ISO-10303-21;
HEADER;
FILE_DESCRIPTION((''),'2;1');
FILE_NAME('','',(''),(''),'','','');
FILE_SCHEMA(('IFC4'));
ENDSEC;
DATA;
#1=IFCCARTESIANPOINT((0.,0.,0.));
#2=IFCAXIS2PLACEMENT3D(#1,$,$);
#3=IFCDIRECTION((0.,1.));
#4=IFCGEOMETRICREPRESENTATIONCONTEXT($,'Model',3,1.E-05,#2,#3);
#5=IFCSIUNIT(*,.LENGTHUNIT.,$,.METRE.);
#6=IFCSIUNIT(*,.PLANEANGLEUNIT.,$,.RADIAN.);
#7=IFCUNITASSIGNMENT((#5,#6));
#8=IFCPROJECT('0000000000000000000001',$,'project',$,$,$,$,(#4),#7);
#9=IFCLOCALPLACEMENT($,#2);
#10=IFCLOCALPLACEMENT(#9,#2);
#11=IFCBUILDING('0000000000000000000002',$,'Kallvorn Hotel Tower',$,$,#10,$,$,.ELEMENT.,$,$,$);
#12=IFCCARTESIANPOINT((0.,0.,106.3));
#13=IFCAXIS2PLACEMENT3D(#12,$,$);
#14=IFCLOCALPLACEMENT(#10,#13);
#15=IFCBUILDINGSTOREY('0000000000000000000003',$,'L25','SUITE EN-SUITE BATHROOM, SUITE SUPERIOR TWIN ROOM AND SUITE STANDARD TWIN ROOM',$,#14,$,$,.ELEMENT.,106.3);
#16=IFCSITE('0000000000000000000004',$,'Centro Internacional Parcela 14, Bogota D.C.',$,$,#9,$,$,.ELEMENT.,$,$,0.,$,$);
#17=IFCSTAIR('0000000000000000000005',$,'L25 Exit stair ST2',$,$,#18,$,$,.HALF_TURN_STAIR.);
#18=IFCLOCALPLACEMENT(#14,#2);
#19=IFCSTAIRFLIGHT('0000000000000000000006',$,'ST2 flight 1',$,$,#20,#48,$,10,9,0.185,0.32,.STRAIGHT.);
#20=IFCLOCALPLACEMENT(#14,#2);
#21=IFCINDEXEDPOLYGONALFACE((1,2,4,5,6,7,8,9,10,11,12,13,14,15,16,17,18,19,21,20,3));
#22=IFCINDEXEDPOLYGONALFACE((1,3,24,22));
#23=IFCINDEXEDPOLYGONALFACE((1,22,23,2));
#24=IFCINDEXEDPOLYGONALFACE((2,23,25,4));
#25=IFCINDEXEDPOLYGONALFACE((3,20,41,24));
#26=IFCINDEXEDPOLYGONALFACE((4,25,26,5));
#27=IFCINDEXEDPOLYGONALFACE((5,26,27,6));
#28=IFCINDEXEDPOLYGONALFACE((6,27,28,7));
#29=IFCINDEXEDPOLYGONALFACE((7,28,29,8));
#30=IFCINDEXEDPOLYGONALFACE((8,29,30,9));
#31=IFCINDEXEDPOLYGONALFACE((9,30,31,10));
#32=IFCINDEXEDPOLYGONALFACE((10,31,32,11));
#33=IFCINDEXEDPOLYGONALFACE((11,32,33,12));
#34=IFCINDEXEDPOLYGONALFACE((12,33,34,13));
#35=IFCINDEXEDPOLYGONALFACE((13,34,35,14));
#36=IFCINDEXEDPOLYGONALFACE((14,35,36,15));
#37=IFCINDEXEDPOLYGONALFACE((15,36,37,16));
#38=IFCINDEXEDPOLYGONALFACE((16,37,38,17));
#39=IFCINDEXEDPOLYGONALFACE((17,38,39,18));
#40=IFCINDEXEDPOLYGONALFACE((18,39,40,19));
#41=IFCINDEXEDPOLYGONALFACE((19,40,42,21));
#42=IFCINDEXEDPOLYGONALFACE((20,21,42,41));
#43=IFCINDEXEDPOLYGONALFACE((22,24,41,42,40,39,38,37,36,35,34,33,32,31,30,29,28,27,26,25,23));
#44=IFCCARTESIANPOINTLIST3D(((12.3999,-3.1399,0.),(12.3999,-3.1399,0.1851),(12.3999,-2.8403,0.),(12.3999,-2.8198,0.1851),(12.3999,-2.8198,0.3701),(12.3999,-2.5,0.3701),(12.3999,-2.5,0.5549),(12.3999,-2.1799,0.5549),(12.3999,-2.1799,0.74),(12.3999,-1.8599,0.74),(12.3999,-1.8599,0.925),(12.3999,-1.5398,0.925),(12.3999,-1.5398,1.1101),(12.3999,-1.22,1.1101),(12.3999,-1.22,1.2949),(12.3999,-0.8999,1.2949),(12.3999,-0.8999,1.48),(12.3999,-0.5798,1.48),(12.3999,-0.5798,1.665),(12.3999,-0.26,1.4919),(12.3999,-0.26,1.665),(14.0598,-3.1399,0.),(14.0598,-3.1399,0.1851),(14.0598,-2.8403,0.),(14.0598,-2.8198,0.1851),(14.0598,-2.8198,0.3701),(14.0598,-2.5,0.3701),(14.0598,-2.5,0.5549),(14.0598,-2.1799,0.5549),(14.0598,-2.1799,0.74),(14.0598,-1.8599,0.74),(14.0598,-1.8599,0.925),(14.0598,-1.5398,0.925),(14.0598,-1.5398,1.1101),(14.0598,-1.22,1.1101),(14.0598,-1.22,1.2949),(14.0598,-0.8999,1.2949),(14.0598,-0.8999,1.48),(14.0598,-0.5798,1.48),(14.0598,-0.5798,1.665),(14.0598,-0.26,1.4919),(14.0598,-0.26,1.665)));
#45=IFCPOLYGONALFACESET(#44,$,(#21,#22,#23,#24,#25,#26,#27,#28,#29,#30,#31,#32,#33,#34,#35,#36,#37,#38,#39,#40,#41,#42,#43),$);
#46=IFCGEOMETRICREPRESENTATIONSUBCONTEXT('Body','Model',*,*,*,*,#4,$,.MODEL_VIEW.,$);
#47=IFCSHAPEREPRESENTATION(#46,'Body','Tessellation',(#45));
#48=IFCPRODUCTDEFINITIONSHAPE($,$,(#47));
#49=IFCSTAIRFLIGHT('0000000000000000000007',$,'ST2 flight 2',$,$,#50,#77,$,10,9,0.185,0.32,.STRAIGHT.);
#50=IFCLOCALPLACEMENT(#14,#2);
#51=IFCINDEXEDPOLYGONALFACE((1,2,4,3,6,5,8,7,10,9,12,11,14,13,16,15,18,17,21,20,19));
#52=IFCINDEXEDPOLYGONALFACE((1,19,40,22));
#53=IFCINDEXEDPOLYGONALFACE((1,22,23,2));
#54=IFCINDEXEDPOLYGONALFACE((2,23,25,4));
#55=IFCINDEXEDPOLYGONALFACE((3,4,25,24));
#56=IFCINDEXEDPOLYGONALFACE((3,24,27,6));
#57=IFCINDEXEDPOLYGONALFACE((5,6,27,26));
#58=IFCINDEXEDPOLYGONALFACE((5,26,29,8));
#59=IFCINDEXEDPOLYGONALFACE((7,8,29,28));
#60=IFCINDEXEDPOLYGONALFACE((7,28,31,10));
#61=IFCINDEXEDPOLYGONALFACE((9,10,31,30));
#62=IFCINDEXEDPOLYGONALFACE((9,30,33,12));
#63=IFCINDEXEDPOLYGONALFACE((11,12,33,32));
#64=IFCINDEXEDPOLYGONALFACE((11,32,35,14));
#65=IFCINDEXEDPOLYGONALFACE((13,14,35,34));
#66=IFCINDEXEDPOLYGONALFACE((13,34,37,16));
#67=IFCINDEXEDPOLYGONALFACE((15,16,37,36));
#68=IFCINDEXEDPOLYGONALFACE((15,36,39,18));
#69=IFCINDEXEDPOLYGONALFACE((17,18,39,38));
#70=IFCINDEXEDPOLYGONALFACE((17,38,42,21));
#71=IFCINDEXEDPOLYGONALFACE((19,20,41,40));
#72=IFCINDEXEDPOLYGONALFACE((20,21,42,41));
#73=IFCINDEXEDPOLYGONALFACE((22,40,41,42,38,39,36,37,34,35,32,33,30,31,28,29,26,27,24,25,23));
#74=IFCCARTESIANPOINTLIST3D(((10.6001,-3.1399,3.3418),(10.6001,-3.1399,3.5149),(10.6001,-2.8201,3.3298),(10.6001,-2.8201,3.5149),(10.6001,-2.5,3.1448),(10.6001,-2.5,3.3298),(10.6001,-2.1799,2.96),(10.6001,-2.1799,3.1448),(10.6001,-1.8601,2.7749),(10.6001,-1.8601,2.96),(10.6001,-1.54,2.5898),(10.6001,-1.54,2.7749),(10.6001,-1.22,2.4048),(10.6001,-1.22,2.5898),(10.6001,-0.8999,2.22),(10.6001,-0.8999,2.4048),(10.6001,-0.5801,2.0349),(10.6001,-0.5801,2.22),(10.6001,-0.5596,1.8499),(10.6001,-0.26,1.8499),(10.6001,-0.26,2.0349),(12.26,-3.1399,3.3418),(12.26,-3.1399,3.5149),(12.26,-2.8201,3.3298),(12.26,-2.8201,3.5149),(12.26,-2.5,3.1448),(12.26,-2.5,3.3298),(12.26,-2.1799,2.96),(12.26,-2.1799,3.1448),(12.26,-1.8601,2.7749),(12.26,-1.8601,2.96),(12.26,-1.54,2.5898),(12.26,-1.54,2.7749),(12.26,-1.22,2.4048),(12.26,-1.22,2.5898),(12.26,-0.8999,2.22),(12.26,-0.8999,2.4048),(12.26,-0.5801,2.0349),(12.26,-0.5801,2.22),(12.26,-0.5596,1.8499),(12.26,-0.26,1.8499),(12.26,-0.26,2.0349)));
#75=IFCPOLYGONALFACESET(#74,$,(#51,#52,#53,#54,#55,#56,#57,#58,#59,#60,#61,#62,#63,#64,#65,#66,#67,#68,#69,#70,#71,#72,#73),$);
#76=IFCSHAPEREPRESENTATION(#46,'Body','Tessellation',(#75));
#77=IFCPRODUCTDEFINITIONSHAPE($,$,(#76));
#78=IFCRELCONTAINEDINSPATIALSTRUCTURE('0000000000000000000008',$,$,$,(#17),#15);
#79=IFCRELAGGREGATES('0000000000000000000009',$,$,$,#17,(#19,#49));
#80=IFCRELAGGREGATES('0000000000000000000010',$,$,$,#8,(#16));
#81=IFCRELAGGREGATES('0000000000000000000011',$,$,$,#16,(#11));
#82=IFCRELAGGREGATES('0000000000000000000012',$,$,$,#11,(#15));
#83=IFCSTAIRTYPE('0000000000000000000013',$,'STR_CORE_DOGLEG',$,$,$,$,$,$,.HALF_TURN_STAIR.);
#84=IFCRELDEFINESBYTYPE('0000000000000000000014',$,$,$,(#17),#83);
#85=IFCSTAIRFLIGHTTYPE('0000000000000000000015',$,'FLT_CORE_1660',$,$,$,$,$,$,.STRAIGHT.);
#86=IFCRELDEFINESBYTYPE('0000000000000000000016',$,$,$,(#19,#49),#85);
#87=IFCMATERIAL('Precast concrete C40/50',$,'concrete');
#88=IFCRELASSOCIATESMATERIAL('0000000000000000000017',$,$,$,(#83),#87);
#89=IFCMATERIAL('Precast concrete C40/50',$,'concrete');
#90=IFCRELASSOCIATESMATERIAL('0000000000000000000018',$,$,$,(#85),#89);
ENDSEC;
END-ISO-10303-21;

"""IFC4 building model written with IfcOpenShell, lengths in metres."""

from ifc_helpers import new_model, si_unit, direction, frame, origin, place, context, subcontext, project, spatial, polyline, outline, extrude, material, type_object, element, aggregate, save


model = new_model("IFC4")

# Units and contexts
model_context = context("Model", 3, precision=1e-05, world=origin(), true_north=direction((0.0, 1.0)))
body_context = subcontext(model_context, "Body", "Model", "MODEL_VIEW")
ifc_project = project(units=[si_unit("LENGTHUNIT", "METRE"), si_unit("PLANEANGLEUNIT", "RADIAN")], contexts=[model_context])

# Site, building, storey
site_placement = place(None, origin())
site = spatial("IfcSite", under=ifc_project, at=site_placement, Name="Centro Internacional Parcela 14, Bogota D.C.", CompositionType="ELEMENT", RefElevation=0.0)
building_placement = place(site_placement, origin())
building = spatial("IfcBuilding", under=site, at=building_placement, Name="Kallvorn Hotel Tower", CompositionType="ELEMENT")
storey_placement = place(building_placement, frame((0.0, 0.0, 106.3)))
storey = spatial("IfcBuildingStorey", under=building, at=storey_placement, Name="L25", Description="SUITE EN-SUITE BATHROOM, SUITE SUPERIOR TWIN ROOM AND SUITE STANDARD TWIN ROOM", CompositionType="ELEMENT", Elevation=106.3)

# Stair, stair flights
ifc_material_1 = material(Name="Precast concrete C40/50", Category="concrete")
stair_type = type_object("IfcStairType", Name="STR_CORE_DOGLEG", PredefinedType="HALF_TURN_STAIR", material=ifc_material_1)
stair_placement = place(storey_placement, origin())
stair = element("IfcStair", 1, at=stair_placement, inside=storey, type_object=stair_type, Name="L25 Exit stair ST2", PredefinedType="HALF_TURN_STAIR")
ifc_material_2 = material(Name="Precast concrete C40/50", Category="concrete")
stair_flight_type = type_object("IfcStairFlightType", Name="FLT_CORE_1660", PredefinedType="STRAIGHT", material=ifc_material_2)
stair_flight_1_placement = place(storey_placement, frame((13.23, -3.1399, 0.0), z_axis=(0.0, 0.0, 1.0), x_axis=(0.0, 1.0, 0.0)))
stair_flight_1 = element("IfcStairFlight", 2, at=stair_flight_1_placement, type_object=stair_flight_type, Name="ST2 flight 1", NumberOfRisers=10, NumberOfTreads=9, PredefinedType="STRAIGHT", RiserHeight=0.185, TreadLength=0.32, context=body_context, shape_type="SweptSolid", body=[
    extrude(outline(polyline([(0.0, 0.0), (0.0, 0.1851), (0.3201, 0.1851), (0.3201, 0.3701), (0.6399, 0.3701), (0.6399, 0.5549), (0.96, 0.5549), (0.96, 0.74), (1.28, 0.74), (1.28, 0.925), (1.6001, 0.925), (1.6001, 1.1101), (1.9199, 1.1101), (1.9199, 1.2949), (2.24, 1.2949), (2.24, 1.48), (2.5601, 1.48), (2.5601, 1.665), (2.8799, 1.665), (2.8799, 1.8501), (2.8799, 1.4919), (0.2996, 0.0), (0.0, 0.0)])), frame((0.0, 0.8301, 0.0), z_axis=(0.0, -1.0, 0.0), x_axis=(1.0, 0.0, 0.0)), (0.0, 0.0, 1.0), 1.6599),
])
stair_flight_2_placement = place(storey_placement, frame((11.4299, -0.26, 1.8499), z_axis=(0.0, 0.0, 1.0), x_axis=(0.0, -1.0, 0.0)))
stair_flight_2 = element("IfcStairFlight", 3, at=stair_flight_2_placement, type_object=stair_flight_type, Name="ST2 flight 2", NumberOfRisers=10, NumberOfTreads=9, PredefinedType="STRAIGHT", RiserHeight=0.185, TreadLength=0.32, context=body_context, shape_type="SweptSolid", body=[
    extrude(outline(polyline([(0.0, 0.0), (0.0, 0.1851), (0.3201, 0.1851), (0.3201, 0.3701), (0.6399, 0.3701), (0.6399, 0.5549), (0.96, 0.5549), (0.96, 0.74), (1.28, 0.74), (1.28, 0.925), (1.6001, 0.925), (1.6001, 1.1101), (1.9199, 1.1101), (1.9199, 1.2949), (2.24, 1.2949), (2.24, 1.48), (2.5601, 1.48), (2.5601, 1.665), (2.8799, 1.665), (2.8799, 1.8501), (2.8799, 1.4919), (0.2996, 0.0), (0.0, 0.0)])), frame((0.0, 0.8301, 0.0), z_axis=(0.0, -1.0, 0.0), x_axis=(1.0, 0.0, 0.0)), (0.0, 0.0, 1.0), 1.6599),
])
aggregate(stair, [stair_flight_1, stair_flight_2])

save(model, "model.ifc")
